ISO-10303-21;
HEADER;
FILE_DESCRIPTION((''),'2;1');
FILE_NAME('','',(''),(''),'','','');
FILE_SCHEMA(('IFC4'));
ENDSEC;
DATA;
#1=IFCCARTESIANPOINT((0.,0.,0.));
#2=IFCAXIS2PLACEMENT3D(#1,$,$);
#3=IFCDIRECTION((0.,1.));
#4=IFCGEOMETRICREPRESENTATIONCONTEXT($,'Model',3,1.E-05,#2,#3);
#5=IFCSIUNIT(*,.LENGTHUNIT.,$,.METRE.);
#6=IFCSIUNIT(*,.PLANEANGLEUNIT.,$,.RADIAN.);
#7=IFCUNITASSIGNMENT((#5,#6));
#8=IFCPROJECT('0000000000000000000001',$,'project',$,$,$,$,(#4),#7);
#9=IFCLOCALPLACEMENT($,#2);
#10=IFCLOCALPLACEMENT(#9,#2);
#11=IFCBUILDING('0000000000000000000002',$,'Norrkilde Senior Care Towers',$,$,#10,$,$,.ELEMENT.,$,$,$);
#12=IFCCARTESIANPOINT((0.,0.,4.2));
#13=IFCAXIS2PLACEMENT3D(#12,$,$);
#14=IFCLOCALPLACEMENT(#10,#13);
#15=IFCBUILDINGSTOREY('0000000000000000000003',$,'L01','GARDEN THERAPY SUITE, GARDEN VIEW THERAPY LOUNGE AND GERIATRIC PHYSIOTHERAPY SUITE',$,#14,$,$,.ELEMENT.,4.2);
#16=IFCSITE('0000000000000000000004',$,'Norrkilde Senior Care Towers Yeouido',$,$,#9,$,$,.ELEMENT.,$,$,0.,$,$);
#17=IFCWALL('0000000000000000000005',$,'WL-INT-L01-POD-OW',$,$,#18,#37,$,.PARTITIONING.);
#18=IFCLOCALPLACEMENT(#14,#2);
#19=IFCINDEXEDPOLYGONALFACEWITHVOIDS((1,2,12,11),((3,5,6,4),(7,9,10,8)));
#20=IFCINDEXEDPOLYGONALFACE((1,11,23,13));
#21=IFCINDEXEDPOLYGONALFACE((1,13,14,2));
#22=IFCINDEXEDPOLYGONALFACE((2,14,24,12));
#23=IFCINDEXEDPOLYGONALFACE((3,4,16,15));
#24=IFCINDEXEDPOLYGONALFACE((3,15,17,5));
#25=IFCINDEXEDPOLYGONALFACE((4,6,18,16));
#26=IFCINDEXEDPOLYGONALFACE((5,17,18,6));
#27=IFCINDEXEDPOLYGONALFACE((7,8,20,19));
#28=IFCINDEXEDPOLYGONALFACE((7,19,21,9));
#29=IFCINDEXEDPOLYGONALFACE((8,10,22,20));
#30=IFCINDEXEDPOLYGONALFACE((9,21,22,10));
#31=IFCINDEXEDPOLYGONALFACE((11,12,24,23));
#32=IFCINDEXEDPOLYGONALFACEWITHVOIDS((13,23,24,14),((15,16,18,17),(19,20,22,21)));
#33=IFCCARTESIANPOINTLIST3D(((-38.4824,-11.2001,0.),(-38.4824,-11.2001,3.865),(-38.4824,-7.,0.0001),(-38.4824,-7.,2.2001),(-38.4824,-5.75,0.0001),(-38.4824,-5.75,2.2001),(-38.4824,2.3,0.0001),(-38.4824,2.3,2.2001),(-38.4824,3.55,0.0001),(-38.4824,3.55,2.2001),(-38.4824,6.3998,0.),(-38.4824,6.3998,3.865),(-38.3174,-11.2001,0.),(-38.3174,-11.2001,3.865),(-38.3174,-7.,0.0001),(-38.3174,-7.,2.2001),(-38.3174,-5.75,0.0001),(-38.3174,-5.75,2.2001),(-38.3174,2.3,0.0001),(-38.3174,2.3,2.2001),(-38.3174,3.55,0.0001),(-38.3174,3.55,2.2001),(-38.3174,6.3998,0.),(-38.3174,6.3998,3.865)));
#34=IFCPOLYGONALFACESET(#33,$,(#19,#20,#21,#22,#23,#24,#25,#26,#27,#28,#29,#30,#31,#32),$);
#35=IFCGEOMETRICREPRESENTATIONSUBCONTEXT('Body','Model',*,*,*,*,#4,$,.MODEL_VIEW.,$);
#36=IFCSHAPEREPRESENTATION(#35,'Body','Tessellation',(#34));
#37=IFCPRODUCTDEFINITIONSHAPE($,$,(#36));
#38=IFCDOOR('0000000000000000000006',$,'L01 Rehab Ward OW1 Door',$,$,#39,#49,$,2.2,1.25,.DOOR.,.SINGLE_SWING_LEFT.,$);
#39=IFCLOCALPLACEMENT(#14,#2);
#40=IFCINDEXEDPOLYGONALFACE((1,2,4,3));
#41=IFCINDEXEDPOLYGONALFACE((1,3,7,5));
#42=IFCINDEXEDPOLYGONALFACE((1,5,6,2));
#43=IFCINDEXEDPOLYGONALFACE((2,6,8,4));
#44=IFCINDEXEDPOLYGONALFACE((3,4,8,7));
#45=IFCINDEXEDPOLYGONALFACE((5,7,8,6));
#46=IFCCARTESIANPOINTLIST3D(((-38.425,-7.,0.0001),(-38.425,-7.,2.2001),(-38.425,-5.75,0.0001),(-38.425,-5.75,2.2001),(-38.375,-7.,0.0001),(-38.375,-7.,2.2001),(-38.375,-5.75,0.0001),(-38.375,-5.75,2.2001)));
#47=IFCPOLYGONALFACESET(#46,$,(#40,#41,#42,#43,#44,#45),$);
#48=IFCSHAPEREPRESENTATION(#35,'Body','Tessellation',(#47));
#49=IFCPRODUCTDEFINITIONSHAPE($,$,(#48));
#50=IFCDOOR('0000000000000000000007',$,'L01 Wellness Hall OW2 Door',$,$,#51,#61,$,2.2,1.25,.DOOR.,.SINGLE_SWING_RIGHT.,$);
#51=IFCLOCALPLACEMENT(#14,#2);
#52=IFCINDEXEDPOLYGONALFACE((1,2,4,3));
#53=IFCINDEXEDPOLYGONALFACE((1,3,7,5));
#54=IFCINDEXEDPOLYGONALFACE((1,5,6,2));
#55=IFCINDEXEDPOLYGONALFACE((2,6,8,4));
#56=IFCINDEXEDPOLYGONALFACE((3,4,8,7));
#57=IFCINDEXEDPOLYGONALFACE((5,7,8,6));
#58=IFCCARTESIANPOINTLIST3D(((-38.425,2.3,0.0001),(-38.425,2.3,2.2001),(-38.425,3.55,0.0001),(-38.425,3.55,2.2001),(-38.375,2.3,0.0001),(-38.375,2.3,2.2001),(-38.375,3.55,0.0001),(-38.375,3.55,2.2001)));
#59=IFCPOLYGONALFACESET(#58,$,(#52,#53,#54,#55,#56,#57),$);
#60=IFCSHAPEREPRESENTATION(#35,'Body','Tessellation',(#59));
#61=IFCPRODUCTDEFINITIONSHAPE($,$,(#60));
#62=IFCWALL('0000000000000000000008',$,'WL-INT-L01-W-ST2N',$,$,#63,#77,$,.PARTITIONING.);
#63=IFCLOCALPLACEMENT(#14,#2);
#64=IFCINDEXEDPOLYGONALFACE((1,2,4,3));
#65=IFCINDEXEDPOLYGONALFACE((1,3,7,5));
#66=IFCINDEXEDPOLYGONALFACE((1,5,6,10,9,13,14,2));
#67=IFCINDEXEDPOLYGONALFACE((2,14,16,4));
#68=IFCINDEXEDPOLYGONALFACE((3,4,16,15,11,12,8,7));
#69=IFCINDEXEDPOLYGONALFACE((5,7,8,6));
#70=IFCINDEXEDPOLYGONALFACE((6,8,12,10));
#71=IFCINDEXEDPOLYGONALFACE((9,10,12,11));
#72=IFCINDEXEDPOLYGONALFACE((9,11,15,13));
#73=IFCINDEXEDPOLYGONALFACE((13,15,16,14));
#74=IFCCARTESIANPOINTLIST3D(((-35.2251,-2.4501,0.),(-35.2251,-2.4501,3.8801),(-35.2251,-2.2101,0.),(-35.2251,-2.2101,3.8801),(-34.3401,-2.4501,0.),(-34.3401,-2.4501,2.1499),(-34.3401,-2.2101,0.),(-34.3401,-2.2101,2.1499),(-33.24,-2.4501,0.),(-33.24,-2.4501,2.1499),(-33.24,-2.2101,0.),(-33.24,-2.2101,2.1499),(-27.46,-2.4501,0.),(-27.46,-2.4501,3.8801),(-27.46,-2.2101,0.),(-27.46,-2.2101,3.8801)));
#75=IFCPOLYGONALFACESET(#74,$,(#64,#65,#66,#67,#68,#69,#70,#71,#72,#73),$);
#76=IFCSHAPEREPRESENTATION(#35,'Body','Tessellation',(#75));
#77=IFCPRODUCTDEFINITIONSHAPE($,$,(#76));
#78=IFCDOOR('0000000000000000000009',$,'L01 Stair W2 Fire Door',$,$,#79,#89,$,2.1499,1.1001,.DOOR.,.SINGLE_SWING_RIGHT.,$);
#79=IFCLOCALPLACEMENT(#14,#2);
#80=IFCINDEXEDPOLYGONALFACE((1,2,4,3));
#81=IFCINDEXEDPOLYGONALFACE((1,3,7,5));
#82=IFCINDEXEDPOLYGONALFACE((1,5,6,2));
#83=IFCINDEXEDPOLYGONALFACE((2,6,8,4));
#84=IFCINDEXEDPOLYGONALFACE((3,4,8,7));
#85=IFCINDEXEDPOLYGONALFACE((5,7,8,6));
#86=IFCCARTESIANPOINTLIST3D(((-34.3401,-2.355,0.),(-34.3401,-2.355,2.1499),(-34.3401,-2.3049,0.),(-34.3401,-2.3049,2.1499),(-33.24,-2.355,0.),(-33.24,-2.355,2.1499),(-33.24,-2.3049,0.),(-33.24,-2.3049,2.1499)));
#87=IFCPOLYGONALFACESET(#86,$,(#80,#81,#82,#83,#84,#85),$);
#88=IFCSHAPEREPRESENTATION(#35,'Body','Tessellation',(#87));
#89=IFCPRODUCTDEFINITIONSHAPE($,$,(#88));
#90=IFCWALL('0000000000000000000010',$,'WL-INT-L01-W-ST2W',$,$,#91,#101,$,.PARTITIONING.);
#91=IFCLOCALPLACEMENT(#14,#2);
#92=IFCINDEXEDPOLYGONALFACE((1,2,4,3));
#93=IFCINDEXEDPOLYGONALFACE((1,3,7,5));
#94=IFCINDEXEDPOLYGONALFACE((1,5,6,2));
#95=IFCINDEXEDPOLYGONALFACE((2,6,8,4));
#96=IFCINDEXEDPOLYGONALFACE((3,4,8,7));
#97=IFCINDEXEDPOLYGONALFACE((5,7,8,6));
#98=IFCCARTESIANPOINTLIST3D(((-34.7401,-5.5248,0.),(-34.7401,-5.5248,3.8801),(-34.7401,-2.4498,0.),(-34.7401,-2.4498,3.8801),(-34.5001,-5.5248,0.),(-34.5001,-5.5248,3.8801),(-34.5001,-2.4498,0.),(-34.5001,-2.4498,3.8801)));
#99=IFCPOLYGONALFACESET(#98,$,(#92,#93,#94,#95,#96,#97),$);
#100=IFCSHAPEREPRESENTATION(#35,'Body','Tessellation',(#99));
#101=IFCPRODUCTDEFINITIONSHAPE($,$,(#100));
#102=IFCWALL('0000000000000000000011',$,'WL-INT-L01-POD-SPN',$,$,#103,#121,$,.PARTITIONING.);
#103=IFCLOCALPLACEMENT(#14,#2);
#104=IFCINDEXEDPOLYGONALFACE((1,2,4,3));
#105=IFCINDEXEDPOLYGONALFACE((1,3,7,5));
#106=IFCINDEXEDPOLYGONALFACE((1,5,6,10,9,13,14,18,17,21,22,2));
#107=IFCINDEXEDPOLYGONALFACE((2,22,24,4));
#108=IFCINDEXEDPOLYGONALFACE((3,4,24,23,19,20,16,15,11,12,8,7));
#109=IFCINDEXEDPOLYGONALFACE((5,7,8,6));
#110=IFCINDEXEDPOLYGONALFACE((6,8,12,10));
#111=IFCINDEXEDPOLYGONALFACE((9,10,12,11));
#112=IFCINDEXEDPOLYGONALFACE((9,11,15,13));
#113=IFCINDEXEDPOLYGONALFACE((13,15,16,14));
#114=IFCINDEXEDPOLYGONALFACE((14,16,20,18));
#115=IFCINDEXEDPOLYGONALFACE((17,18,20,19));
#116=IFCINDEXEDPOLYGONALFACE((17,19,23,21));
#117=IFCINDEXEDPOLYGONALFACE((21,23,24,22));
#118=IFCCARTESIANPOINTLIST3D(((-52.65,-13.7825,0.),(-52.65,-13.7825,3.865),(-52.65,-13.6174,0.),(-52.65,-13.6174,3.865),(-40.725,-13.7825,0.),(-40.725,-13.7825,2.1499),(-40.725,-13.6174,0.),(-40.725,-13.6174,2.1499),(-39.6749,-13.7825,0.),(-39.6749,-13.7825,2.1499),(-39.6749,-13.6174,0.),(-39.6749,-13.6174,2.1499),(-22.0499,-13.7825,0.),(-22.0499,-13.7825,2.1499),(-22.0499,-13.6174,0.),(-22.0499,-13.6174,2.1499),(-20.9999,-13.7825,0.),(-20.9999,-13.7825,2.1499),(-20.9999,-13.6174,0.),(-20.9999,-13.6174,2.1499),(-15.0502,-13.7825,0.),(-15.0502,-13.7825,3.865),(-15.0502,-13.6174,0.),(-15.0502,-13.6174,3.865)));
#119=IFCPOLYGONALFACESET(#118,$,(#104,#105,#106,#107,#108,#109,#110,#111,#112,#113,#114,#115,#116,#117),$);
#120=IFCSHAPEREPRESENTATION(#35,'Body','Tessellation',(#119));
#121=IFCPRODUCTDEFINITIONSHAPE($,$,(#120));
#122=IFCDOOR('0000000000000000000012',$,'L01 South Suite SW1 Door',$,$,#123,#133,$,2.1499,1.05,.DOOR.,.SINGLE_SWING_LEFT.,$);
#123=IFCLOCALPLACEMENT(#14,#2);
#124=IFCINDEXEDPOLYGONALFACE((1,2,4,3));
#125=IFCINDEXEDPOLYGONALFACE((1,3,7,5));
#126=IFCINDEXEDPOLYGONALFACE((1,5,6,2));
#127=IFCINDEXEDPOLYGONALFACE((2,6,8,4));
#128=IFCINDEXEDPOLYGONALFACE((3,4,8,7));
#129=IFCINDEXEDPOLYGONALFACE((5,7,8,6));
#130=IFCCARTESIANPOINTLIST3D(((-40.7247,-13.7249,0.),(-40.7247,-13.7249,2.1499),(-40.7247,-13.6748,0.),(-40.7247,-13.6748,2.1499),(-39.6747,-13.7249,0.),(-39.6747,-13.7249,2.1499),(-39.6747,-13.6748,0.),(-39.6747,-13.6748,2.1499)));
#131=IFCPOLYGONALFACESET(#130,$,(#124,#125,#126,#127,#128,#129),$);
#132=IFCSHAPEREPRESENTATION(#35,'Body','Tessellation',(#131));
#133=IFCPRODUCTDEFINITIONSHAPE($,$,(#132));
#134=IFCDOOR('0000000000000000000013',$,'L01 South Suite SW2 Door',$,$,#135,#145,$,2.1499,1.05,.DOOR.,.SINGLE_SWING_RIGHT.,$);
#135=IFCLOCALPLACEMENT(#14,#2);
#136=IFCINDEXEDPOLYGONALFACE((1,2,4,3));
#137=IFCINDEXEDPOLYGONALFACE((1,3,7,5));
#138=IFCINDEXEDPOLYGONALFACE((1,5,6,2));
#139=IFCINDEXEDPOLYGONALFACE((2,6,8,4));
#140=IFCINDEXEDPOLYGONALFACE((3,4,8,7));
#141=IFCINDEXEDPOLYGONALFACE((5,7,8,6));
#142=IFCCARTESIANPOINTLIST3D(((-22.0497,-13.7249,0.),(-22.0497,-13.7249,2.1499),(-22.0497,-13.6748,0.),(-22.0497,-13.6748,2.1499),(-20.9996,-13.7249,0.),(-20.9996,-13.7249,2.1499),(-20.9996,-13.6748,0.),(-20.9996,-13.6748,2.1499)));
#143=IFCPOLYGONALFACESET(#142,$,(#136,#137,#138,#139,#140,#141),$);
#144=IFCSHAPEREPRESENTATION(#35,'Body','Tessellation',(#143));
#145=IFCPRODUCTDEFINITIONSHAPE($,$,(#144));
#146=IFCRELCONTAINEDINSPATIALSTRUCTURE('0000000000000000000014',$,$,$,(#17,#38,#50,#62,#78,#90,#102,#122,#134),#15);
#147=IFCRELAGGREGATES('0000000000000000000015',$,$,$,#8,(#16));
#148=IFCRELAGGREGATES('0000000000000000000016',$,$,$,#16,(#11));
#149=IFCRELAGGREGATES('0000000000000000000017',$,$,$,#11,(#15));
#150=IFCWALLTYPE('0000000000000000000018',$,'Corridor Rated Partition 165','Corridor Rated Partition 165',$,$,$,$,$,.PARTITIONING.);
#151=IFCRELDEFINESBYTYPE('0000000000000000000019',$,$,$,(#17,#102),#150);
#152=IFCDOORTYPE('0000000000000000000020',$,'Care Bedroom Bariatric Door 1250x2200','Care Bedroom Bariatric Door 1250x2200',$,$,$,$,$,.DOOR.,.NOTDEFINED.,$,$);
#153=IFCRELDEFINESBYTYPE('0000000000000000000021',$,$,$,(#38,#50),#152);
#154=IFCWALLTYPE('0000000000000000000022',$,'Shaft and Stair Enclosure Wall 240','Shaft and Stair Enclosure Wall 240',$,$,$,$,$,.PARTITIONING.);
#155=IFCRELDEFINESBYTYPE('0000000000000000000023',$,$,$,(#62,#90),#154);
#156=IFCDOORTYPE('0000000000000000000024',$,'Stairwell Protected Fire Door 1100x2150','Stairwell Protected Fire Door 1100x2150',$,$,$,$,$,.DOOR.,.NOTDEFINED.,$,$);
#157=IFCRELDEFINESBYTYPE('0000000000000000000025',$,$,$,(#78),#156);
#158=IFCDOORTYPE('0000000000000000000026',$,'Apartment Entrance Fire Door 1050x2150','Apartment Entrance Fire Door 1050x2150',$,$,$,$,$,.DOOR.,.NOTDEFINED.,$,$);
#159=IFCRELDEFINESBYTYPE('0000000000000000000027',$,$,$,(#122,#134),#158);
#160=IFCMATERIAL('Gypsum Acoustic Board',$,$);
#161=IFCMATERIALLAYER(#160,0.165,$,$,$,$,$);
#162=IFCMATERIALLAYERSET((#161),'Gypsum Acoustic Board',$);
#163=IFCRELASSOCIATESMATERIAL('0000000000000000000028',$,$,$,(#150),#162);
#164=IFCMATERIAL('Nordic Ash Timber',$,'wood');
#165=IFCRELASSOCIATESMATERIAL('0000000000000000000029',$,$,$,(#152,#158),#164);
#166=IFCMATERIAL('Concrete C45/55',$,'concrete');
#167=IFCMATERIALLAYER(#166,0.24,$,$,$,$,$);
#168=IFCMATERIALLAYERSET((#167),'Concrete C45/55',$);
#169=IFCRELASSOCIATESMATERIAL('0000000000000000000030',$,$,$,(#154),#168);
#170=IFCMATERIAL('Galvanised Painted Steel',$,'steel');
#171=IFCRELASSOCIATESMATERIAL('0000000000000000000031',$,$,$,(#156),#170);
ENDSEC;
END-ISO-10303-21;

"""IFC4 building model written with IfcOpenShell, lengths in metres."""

from ifc_helpers import new_model, si_unit, direction, frame, frame_2d, origin, place, context, subcontext, project, spatial, rectangle, extrude, source, transform, mapped, material, layer, layer_set, type_object, type_shapes, element, fill, save


model = new_model("IFC4")

# Units and contexts
model_context = context("Model", 3, precision=1e-05, world=origin(), true_north=direction((0.0, 1.0)))
body_context = subcontext(model_context, "Body", "Model", "MODEL_VIEW")
ifc_project = project(units=[si_unit("LENGTHUNIT", "METRE"), si_unit("PLANEANGLEUNIT", "RADIAN")], contexts=[model_context])

# Site, building, storey
site_placement = place(None, origin())
site = spatial("IfcSite", under=ifc_project, at=site_placement, Name="Norrkilde Senior Care Towers Yeouido", CompositionType="ELEMENT", RefElevation=0.0)
building_placement = place(site_placement, origin())
building = spatial("IfcBuilding", under=site, at=building_placement, Name="Norrkilde Senior Care Towers", CompositionType="ELEMENT")
storey_placement = place(building_placement, frame((0.0, 0.0, 4.2)))
storey = spatial("IfcBuildingStorey", under=building, at=storey_placement, Name="L01", Description="GARDEN THERAPY SUITE, GARDEN VIEW THERAPY LOUNGE AND GERIATRIC PHYSIOTHERAPY SUITE", CompositionType="ELEMENT", Elevation=4.2)

# Shared definitions
ifc_material_1 = material(Name="Galvanised Painted Steel", Category="steel")

# Wall, openings, doors
ifc_material_2 = material(Name="Gypsum Acoustic Board")
ifc_layer_1 = layer(ifc_material_2, 0.165)
ifc_layer_set_1 = layer_set([ifc_layer_1], Name="Gypsum Acoustic Board")
wall_type_1 = type_object("IfcWallType", Name="Corridor Rated Partition 165", Description="Corridor Rated Partition 165", PredefinedType="PARTITIONING", material=ifc_layer_set_1)
shared_shape_1 = source(origin(), body_context, "Body", "SweptSolid", [
    extrude(rectangle(XDim=17.5999, YDim=0.165, at=frame_2d((8.7998, 0.0))), origin(), (0.0, 0.0, 1.0), 3.865),
])
wall_1_placement = place(storey_placement, frame((-38.3999, -11.2, 0.0), z_axis=(0.0, 0.0, 1.0), x_axis=(0.0, 1.0, 0.0)))
wall_1 = element("IfcWall", 1, at=wall_1_placement, inside=storey, type_object=wall_type_1, Name="WL-INT-L01-POD-OW", PredefinedType="PARTITIONING", context=body_context, shape_type="MappedRepresentation", body=[
    mapped(shared_shape_1, transform((0.0, 0.0, 0.0), x_axis=(1.0, 0.0, 0.0), y_axis=(0.0, 1.0, 0.0), z_axis=(0.0, 0.0, 1.0), scale=1.0)),
])
opening_1_placement = place(wall_1_placement, frame((4.2, 0.0, 0.0)))
opening_1 = element("IfcOpeningElement", 2, at=opening_1_placement, cuts=wall_1, PredefinedType="OPENING", context=body_context, shape_type="SweptSolid", body=[
    extrude(rectangle(XDim=1.25, YDim=2.2, at=frame_2d((0.625, 1.1001))), frame((0.0, 0.0925, 0.0), z_axis=(0.0, -1.0, 0.0), x_axis=(1.0, 0.0, 0.0)), (0.0, 0.0, 1.0), 0.1851),
])
opening_2_placement = place(wall_1_placement, frame((13.5, 0.0, 0.0)))
opening_2 = element("IfcOpeningElement", 3, at=opening_2_placement, cuts=wall_1, PredefinedType="OPENING", context=body_context, shape_type="SweptSolid", body=[
    extrude(rectangle(XDim=1.25, YDim=2.2, at=frame_2d((0.625, 1.1001))), frame((0.0, 0.0925, 0.0), z_axis=(0.0, -1.0, 0.0), x_axis=(1.0, 0.0, 0.0)), (0.0, 0.0, 1.0), 0.1851),
])
ifc_material_3 = material(Name="Nordic Ash Timber", Category="wood")
door_type_1 = type_object("IfcDoorType", Name="Care Bedroom Bariatric Door 1250x2200", Description="Care Bedroom Bariatric Door 1250x2200", OperationType="NOTDEFINED", PredefinedType="DOOR", material=ifc_material_3)
shared_shape_2 = source(origin(), body_context, "Body", "SweptSolid", [
    extrude(rectangle(XDim=1.25, YDim=2.2, at=frame_2d((0.625, 1.1001))), frame((0.0, 0.0249, 0.0), z_axis=(0.0, -1.0, 0.0), x_axis=(1.0, 0.0, 0.0)), (0.0, 0.0, 1.0), 0.05),
])
type_shapes(door_type_1, [shared_shape_2])
door_1_placement = place(opening_1_placement, frame((1.25, 0.0, 0.0), z_axis=(0.0, 0.0, 1.0), x_axis=(-1.0, 0.0, 0.0)))
door_1 = element("IfcDoor", 4, at=door_1_placement, inside=storey, type_object=door_type_1, Name="L01 Rehab Ward OW1 Door", OperationType="SINGLE_SWING_LEFT", OverallHeight=2.2, OverallWidth=1.25, PredefinedType="DOOR", context=body_context, shape_type="MappedRepresentation", body=[
    mapped(shared_shape_2, transform((0.0, 0.0, 0.0), x_axis=(1.0, 0.0, 0.0), y_axis=(0.0, 1.0, 0.0), z_axis=(0.0, 0.0, 1.0), scale=1.0)),
])
fill(opening_1, door_1)
door_2_placement = place(opening_2_placement, frame((1.25, 0.0, 0.0), z_axis=(0.0, 0.0, 1.0), x_axis=(-1.0, 0.0, 0.0)))
door_2 = element("IfcDoor", 5, at=door_2_placement, inside=storey, type_object=door_type_1, Name="L01 Wellness Hall OW2 Door", OperationType="SINGLE_SWING_RIGHT", OverallHeight=2.2, OverallWidth=1.25, PredefinedType="DOOR", context=body_context, shape_type="MappedRepresentation", body=[
    mapped(shared_shape_2, transform((0.0, 0.0, 0.0), x_axis=(1.0, 0.0, 0.0), y_axis=(0.0, 1.0, 0.0), z_axis=(0.0, 0.0, 1.0), scale=1.0)),
])
fill(opening_2, door_2)

# Wall, opening, door
ifc_material_4 = material(Name="Concrete C45/55", Category="concrete")
ifc_layer_2 = layer(ifc_material_4, 0.24)
ifc_layer_set_2 = layer_set([ifc_layer_2], Name="Concrete C45/55")
wall_type_2 = type_object("IfcWallType", Name="Shaft and Stair Enclosure Wall 240", Description="Shaft and Stair Enclosure Wall 240", PredefinedType="PARTITIONING", material=ifc_layer_set_2)
shared_shape_3 = source(origin(), body_context, "Body", "SweptSolid", [
    extrude(rectangle(XDim=7.7651, YDim=0.24, at=frame_2d((3.8826, 0.0))), origin(), (0.0, 0.0, 1.0), 3.8801),
])
wall_2_placement = place(storey_placement, frame((-35.2251, -2.3301, 0.0), z_axis=(0.0, 0.0, 1.0), x_axis=(1.0, 0.0, 0.0)))
wall_2 = element("IfcWall", 6, at=wall_2_placement, inside=storey, type_object=wall_type_2, Name="WL-INT-L01-W-ST2N", PredefinedType="PARTITIONING", context=body_context, shape_type="MappedRepresentation", body=[
    mapped(shared_shape_3, transform((0.0, 0.0, 0.0), x_axis=(1.0, 0.0, 0.0), y_axis=(0.0, 1.0, 0.0), z_axis=(0.0, 0.0, 1.0), scale=1.0)),
])
opening_3_placement = place(wall_2_placement, frame((0.885, 0.0, 0.0)))
opening_3 = element("IfcOpeningElement", 7, at=opening_3_placement, cuts=wall_2, PredefinedType="OPENING", context=body_context, shape_type="SweptSolid", body=[
    extrude(rectangle(XDim=1.1001, YDim=2.1499, at=frame_2d((0.55, 1.075))), frame((0.0, 0.1299, 0.0), z_axis=(0.0, -1.0, 0.0), x_axis=(1.0, 0.0, 0.0)), (0.0, 0.0, 1.0), 0.26),
])
door_type_2 = type_object("IfcDoorType", Name="Stairwell Protected Fire Door 1100x2150", Description="Stairwell Protected Fire Door 1100x2150", OperationType="NOTDEFINED", PredefinedType="DOOR", material=ifc_material_1)
shared_shape_4 = source(origin(), body_context, "Body", "SweptSolid", [
    extrude(rectangle(XDim=1.1001, YDim=2.1499, at=frame_2d((0.55, 1.075))), frame((0.0, 0.0249, 0.0), z_axis=(0.0, -1.0, 0.0), x_axis=(1.0, 0.0, 0.0)), (0.0, 0.0, 1.0), 0.05),
])
type_shapes(door_type_2, [shared_shape_4])
door_3_placement = place(opening_3_placement, frame((1.1001, 0.0, 0.0), z_axis=(0.0, 0.0, 1.0), x_axis=(-1.0, 0.0, 0.0)))
door_3 = element("IfcDoor", 8, at=door_3_placement, inside=storey, type_object=door_type_2, Name="L01 Stair W2 Fire Door", OperationType="SINGLE_SWING_RIGHT", OverallHeight=2.1499, OverallWidth=1.1001, PredefinedType="DOOR", context=body_context, shape_type="MappedRepresentation", body=[
    mapped(shared_shape_4, transform((0.0, 0.0, 0.0), x_axis=(1.0, 0.0, 0.0), y_axis=(0.0, 1.0, 0.0), z_axis=(0.0, 0.0, 1.0), scale=1.0)),
])
fill(opening_3, door_3)

# Wall
shared_shape_5 = source(origin(), body_context, "Body", "SweptSolid", [
    extrude(rectangle(XDim=3.075, YDim=0.24, at=frame_2d((1.5376, 0.0))), origin(), (0.0, 0.0, 1.0), 3.8801),
])
type_shapes(wall_type_2, [shared_shape_3, shared_shape_5])
wall_3_placement = place(storey_placement, frame((-34.6201, -5.5249, 0.0), z_axis=(0.0, 0.0, 1.0), x_axis=(0.0, 1.0, 0.0)))
element("IfcWall", 9, at=wall_3_placement, inside=storey, type_object=wall_type_2, Name="WL-INT-L01-W-ST2W", PredefinedType="PARTITIONING", context=body_context, shape_type="MappedRepresentation", body=[
    mapped(shared_shape_5, transform((0.0, 0.0, 0.0), x_axis=(1.0, 0.0, 0.0), y_axis=(0.0, 1.0, 0.0), z_axis=(0.0, 0.0, 1.0), scale=1.0)),
])

# Wall, openings, doors
shared_shape_6 = source(origin(), body_context, "Body", "SweptSolid", [
    extrude(rectangle(XDim=37.5999, YDim=0.165, at=frame_2d((18.7998, 0.0))), origin(), (0.0, 0.0, 1.0), 3.865),
])
type_shapes(wall_type_1, [shared_shape_1, shared_shape_6])
wall_4_placement = place(storey_placement, frame((-52.6499, -13.7, 0.0), z_axis=(0.0, 0.0, 1.0), x_axis=(1.0, 0.0, 0.0)))
wall_4 = element("IfcWall", 10, at=wall_4_placement, inside=storey, type_object=wall_type_1, Name="WL-INT-L01-POD-SPN", PredefinedType="PARTITIONING", context=body_context, shape_type="MappedRepresentation", body=[
    mapped(shared_shape_6, transform((0.0, 0.0, 0.0), x_axis=(1.0, 0.0, 0.0), y_axis=(0.0, 1.0, 0.0), z_axis=(0.0, 0.0, 1.0), scale=1.0)),
])
opening_4_placement = place(wall_4_placement, frame((11.925, 0.0, 0.0)))
opening_4 = element("IfcOpeningElement", 11, at=opening_4_placement, cuts=wall_4, PredefinedType="OPENING", context=body_context, shape_type="SweptSolid", body=[
    extrude(rectangle(XDim=1.05, YDim=2.1499, at=frame_2d((0.5249, 1.075))), frame((0.0, 0.0925, 0.0), z_axis=(0.0, -1.0, 0.0), x_axis=(1.0, 0.0, 0.0)), (0.0, 0.0, 1.0), 0.1851),
])
opening_5_placement = place(wall_4_placement, frame((30.6001, 0.0, 0.0)))
opening_5 = element("IfcOpeningElement", 12, at=opening_5_placement, cuts=wall_4, PredefinedType="OPENING", context=body_context, shape_type="SweptSolid", body=[
    extrude(rectangle(XDim=1.05, YDim=2.1499, at=frame_2d((0.5249, 1.075))), frame((0.0, 0.0925, 0.0), z_axis=(0.0, -1.0, 0.0), x_axis=(1.0, 0.0, 0.0)), (0.0, 0.0, 1.0), 0.1851),
])
door_type_3 = type_object("IfcDoorType", Name="Apartment Entrance Fire Door 1050x2150", Description="Apartment Entrance Fire Door 1050x2150", OperationType="NOTDEFINED", PredefinedType="DOOR", material=ifc_material_3)
shared_shape_7 = source(origin(), body_context, "Body", "SweptSolid", [
    extrude(rectangle(XDim=1.05, YDim=2.1499, at=frame_2d((0.5249, 1.075))), frame((0.0, 0.0249, 0.0), z_axis=(0.0, -1.0, 0.0), x_axis=(1.0, 0.0, 0.0)), (0.0, 0.0, 1.0), 0.05),
])
type_shapes(door_type_3, [shared_shape_7])
door_4_placement = place(opening_4_placement, frame((1.05, 0.0, 0.0), z_axis=(0.0, 0.0, 1.0), x_axis=(-1.0, 0.0, 0.0)))
door_4 = element("IfcDoor", 13, at=door_4_placement, inside=storey, type_object=door_type_3, Name="L01 South Suite SW1 Door", OperationType="SINGLE_SWING_LEFT", OverallHeight=2.1499, OverallWidth=1.05, PredefinedType="DOOR", context=body_context, shape_type="MappedRepresentation", body=[
    mapped(shared_shape_7, transform((0.0, 0.0, 0.0), x_axis=(1.0, 0.0, 0.0), y_axis=(0.0, 1.0, 0.0), z_axis=(0.0, 0.0, 1.0), scale=1.0)),
])
fill(opening_4, door_4)
door_5_placement = place(opening_5_placement, frame((1.05, 0.0, 0.0), z_axis=(0.0, 0.0, 1.0), x_axis=(-1.0, 0.0, 0.0)))
door_5 = element("IfcDoor", 14, at=door_5_placement, inside=storey, type_object=door_type_3, Name="L01 South Suite SW2 Door", OperationType="SINGLE_SWING_RIGHT", OverallHeight=2.1499, OverallWidth=1.05, PredefinedType="DOOR", context=body_context, shape_type="MappedRepresentation", body=[
    mapped(shared_shape_7, transform((0.0, 0.0, 0.0), x_axis=(1.0, 0.0, 0.0), y_axis=(0.0, 1.0, 0.0), z_axis=(0.0, 0.0, 1.0), scale=1.0)),
])
fill(opening_5, door_5)

save(model, "model.ifc")
